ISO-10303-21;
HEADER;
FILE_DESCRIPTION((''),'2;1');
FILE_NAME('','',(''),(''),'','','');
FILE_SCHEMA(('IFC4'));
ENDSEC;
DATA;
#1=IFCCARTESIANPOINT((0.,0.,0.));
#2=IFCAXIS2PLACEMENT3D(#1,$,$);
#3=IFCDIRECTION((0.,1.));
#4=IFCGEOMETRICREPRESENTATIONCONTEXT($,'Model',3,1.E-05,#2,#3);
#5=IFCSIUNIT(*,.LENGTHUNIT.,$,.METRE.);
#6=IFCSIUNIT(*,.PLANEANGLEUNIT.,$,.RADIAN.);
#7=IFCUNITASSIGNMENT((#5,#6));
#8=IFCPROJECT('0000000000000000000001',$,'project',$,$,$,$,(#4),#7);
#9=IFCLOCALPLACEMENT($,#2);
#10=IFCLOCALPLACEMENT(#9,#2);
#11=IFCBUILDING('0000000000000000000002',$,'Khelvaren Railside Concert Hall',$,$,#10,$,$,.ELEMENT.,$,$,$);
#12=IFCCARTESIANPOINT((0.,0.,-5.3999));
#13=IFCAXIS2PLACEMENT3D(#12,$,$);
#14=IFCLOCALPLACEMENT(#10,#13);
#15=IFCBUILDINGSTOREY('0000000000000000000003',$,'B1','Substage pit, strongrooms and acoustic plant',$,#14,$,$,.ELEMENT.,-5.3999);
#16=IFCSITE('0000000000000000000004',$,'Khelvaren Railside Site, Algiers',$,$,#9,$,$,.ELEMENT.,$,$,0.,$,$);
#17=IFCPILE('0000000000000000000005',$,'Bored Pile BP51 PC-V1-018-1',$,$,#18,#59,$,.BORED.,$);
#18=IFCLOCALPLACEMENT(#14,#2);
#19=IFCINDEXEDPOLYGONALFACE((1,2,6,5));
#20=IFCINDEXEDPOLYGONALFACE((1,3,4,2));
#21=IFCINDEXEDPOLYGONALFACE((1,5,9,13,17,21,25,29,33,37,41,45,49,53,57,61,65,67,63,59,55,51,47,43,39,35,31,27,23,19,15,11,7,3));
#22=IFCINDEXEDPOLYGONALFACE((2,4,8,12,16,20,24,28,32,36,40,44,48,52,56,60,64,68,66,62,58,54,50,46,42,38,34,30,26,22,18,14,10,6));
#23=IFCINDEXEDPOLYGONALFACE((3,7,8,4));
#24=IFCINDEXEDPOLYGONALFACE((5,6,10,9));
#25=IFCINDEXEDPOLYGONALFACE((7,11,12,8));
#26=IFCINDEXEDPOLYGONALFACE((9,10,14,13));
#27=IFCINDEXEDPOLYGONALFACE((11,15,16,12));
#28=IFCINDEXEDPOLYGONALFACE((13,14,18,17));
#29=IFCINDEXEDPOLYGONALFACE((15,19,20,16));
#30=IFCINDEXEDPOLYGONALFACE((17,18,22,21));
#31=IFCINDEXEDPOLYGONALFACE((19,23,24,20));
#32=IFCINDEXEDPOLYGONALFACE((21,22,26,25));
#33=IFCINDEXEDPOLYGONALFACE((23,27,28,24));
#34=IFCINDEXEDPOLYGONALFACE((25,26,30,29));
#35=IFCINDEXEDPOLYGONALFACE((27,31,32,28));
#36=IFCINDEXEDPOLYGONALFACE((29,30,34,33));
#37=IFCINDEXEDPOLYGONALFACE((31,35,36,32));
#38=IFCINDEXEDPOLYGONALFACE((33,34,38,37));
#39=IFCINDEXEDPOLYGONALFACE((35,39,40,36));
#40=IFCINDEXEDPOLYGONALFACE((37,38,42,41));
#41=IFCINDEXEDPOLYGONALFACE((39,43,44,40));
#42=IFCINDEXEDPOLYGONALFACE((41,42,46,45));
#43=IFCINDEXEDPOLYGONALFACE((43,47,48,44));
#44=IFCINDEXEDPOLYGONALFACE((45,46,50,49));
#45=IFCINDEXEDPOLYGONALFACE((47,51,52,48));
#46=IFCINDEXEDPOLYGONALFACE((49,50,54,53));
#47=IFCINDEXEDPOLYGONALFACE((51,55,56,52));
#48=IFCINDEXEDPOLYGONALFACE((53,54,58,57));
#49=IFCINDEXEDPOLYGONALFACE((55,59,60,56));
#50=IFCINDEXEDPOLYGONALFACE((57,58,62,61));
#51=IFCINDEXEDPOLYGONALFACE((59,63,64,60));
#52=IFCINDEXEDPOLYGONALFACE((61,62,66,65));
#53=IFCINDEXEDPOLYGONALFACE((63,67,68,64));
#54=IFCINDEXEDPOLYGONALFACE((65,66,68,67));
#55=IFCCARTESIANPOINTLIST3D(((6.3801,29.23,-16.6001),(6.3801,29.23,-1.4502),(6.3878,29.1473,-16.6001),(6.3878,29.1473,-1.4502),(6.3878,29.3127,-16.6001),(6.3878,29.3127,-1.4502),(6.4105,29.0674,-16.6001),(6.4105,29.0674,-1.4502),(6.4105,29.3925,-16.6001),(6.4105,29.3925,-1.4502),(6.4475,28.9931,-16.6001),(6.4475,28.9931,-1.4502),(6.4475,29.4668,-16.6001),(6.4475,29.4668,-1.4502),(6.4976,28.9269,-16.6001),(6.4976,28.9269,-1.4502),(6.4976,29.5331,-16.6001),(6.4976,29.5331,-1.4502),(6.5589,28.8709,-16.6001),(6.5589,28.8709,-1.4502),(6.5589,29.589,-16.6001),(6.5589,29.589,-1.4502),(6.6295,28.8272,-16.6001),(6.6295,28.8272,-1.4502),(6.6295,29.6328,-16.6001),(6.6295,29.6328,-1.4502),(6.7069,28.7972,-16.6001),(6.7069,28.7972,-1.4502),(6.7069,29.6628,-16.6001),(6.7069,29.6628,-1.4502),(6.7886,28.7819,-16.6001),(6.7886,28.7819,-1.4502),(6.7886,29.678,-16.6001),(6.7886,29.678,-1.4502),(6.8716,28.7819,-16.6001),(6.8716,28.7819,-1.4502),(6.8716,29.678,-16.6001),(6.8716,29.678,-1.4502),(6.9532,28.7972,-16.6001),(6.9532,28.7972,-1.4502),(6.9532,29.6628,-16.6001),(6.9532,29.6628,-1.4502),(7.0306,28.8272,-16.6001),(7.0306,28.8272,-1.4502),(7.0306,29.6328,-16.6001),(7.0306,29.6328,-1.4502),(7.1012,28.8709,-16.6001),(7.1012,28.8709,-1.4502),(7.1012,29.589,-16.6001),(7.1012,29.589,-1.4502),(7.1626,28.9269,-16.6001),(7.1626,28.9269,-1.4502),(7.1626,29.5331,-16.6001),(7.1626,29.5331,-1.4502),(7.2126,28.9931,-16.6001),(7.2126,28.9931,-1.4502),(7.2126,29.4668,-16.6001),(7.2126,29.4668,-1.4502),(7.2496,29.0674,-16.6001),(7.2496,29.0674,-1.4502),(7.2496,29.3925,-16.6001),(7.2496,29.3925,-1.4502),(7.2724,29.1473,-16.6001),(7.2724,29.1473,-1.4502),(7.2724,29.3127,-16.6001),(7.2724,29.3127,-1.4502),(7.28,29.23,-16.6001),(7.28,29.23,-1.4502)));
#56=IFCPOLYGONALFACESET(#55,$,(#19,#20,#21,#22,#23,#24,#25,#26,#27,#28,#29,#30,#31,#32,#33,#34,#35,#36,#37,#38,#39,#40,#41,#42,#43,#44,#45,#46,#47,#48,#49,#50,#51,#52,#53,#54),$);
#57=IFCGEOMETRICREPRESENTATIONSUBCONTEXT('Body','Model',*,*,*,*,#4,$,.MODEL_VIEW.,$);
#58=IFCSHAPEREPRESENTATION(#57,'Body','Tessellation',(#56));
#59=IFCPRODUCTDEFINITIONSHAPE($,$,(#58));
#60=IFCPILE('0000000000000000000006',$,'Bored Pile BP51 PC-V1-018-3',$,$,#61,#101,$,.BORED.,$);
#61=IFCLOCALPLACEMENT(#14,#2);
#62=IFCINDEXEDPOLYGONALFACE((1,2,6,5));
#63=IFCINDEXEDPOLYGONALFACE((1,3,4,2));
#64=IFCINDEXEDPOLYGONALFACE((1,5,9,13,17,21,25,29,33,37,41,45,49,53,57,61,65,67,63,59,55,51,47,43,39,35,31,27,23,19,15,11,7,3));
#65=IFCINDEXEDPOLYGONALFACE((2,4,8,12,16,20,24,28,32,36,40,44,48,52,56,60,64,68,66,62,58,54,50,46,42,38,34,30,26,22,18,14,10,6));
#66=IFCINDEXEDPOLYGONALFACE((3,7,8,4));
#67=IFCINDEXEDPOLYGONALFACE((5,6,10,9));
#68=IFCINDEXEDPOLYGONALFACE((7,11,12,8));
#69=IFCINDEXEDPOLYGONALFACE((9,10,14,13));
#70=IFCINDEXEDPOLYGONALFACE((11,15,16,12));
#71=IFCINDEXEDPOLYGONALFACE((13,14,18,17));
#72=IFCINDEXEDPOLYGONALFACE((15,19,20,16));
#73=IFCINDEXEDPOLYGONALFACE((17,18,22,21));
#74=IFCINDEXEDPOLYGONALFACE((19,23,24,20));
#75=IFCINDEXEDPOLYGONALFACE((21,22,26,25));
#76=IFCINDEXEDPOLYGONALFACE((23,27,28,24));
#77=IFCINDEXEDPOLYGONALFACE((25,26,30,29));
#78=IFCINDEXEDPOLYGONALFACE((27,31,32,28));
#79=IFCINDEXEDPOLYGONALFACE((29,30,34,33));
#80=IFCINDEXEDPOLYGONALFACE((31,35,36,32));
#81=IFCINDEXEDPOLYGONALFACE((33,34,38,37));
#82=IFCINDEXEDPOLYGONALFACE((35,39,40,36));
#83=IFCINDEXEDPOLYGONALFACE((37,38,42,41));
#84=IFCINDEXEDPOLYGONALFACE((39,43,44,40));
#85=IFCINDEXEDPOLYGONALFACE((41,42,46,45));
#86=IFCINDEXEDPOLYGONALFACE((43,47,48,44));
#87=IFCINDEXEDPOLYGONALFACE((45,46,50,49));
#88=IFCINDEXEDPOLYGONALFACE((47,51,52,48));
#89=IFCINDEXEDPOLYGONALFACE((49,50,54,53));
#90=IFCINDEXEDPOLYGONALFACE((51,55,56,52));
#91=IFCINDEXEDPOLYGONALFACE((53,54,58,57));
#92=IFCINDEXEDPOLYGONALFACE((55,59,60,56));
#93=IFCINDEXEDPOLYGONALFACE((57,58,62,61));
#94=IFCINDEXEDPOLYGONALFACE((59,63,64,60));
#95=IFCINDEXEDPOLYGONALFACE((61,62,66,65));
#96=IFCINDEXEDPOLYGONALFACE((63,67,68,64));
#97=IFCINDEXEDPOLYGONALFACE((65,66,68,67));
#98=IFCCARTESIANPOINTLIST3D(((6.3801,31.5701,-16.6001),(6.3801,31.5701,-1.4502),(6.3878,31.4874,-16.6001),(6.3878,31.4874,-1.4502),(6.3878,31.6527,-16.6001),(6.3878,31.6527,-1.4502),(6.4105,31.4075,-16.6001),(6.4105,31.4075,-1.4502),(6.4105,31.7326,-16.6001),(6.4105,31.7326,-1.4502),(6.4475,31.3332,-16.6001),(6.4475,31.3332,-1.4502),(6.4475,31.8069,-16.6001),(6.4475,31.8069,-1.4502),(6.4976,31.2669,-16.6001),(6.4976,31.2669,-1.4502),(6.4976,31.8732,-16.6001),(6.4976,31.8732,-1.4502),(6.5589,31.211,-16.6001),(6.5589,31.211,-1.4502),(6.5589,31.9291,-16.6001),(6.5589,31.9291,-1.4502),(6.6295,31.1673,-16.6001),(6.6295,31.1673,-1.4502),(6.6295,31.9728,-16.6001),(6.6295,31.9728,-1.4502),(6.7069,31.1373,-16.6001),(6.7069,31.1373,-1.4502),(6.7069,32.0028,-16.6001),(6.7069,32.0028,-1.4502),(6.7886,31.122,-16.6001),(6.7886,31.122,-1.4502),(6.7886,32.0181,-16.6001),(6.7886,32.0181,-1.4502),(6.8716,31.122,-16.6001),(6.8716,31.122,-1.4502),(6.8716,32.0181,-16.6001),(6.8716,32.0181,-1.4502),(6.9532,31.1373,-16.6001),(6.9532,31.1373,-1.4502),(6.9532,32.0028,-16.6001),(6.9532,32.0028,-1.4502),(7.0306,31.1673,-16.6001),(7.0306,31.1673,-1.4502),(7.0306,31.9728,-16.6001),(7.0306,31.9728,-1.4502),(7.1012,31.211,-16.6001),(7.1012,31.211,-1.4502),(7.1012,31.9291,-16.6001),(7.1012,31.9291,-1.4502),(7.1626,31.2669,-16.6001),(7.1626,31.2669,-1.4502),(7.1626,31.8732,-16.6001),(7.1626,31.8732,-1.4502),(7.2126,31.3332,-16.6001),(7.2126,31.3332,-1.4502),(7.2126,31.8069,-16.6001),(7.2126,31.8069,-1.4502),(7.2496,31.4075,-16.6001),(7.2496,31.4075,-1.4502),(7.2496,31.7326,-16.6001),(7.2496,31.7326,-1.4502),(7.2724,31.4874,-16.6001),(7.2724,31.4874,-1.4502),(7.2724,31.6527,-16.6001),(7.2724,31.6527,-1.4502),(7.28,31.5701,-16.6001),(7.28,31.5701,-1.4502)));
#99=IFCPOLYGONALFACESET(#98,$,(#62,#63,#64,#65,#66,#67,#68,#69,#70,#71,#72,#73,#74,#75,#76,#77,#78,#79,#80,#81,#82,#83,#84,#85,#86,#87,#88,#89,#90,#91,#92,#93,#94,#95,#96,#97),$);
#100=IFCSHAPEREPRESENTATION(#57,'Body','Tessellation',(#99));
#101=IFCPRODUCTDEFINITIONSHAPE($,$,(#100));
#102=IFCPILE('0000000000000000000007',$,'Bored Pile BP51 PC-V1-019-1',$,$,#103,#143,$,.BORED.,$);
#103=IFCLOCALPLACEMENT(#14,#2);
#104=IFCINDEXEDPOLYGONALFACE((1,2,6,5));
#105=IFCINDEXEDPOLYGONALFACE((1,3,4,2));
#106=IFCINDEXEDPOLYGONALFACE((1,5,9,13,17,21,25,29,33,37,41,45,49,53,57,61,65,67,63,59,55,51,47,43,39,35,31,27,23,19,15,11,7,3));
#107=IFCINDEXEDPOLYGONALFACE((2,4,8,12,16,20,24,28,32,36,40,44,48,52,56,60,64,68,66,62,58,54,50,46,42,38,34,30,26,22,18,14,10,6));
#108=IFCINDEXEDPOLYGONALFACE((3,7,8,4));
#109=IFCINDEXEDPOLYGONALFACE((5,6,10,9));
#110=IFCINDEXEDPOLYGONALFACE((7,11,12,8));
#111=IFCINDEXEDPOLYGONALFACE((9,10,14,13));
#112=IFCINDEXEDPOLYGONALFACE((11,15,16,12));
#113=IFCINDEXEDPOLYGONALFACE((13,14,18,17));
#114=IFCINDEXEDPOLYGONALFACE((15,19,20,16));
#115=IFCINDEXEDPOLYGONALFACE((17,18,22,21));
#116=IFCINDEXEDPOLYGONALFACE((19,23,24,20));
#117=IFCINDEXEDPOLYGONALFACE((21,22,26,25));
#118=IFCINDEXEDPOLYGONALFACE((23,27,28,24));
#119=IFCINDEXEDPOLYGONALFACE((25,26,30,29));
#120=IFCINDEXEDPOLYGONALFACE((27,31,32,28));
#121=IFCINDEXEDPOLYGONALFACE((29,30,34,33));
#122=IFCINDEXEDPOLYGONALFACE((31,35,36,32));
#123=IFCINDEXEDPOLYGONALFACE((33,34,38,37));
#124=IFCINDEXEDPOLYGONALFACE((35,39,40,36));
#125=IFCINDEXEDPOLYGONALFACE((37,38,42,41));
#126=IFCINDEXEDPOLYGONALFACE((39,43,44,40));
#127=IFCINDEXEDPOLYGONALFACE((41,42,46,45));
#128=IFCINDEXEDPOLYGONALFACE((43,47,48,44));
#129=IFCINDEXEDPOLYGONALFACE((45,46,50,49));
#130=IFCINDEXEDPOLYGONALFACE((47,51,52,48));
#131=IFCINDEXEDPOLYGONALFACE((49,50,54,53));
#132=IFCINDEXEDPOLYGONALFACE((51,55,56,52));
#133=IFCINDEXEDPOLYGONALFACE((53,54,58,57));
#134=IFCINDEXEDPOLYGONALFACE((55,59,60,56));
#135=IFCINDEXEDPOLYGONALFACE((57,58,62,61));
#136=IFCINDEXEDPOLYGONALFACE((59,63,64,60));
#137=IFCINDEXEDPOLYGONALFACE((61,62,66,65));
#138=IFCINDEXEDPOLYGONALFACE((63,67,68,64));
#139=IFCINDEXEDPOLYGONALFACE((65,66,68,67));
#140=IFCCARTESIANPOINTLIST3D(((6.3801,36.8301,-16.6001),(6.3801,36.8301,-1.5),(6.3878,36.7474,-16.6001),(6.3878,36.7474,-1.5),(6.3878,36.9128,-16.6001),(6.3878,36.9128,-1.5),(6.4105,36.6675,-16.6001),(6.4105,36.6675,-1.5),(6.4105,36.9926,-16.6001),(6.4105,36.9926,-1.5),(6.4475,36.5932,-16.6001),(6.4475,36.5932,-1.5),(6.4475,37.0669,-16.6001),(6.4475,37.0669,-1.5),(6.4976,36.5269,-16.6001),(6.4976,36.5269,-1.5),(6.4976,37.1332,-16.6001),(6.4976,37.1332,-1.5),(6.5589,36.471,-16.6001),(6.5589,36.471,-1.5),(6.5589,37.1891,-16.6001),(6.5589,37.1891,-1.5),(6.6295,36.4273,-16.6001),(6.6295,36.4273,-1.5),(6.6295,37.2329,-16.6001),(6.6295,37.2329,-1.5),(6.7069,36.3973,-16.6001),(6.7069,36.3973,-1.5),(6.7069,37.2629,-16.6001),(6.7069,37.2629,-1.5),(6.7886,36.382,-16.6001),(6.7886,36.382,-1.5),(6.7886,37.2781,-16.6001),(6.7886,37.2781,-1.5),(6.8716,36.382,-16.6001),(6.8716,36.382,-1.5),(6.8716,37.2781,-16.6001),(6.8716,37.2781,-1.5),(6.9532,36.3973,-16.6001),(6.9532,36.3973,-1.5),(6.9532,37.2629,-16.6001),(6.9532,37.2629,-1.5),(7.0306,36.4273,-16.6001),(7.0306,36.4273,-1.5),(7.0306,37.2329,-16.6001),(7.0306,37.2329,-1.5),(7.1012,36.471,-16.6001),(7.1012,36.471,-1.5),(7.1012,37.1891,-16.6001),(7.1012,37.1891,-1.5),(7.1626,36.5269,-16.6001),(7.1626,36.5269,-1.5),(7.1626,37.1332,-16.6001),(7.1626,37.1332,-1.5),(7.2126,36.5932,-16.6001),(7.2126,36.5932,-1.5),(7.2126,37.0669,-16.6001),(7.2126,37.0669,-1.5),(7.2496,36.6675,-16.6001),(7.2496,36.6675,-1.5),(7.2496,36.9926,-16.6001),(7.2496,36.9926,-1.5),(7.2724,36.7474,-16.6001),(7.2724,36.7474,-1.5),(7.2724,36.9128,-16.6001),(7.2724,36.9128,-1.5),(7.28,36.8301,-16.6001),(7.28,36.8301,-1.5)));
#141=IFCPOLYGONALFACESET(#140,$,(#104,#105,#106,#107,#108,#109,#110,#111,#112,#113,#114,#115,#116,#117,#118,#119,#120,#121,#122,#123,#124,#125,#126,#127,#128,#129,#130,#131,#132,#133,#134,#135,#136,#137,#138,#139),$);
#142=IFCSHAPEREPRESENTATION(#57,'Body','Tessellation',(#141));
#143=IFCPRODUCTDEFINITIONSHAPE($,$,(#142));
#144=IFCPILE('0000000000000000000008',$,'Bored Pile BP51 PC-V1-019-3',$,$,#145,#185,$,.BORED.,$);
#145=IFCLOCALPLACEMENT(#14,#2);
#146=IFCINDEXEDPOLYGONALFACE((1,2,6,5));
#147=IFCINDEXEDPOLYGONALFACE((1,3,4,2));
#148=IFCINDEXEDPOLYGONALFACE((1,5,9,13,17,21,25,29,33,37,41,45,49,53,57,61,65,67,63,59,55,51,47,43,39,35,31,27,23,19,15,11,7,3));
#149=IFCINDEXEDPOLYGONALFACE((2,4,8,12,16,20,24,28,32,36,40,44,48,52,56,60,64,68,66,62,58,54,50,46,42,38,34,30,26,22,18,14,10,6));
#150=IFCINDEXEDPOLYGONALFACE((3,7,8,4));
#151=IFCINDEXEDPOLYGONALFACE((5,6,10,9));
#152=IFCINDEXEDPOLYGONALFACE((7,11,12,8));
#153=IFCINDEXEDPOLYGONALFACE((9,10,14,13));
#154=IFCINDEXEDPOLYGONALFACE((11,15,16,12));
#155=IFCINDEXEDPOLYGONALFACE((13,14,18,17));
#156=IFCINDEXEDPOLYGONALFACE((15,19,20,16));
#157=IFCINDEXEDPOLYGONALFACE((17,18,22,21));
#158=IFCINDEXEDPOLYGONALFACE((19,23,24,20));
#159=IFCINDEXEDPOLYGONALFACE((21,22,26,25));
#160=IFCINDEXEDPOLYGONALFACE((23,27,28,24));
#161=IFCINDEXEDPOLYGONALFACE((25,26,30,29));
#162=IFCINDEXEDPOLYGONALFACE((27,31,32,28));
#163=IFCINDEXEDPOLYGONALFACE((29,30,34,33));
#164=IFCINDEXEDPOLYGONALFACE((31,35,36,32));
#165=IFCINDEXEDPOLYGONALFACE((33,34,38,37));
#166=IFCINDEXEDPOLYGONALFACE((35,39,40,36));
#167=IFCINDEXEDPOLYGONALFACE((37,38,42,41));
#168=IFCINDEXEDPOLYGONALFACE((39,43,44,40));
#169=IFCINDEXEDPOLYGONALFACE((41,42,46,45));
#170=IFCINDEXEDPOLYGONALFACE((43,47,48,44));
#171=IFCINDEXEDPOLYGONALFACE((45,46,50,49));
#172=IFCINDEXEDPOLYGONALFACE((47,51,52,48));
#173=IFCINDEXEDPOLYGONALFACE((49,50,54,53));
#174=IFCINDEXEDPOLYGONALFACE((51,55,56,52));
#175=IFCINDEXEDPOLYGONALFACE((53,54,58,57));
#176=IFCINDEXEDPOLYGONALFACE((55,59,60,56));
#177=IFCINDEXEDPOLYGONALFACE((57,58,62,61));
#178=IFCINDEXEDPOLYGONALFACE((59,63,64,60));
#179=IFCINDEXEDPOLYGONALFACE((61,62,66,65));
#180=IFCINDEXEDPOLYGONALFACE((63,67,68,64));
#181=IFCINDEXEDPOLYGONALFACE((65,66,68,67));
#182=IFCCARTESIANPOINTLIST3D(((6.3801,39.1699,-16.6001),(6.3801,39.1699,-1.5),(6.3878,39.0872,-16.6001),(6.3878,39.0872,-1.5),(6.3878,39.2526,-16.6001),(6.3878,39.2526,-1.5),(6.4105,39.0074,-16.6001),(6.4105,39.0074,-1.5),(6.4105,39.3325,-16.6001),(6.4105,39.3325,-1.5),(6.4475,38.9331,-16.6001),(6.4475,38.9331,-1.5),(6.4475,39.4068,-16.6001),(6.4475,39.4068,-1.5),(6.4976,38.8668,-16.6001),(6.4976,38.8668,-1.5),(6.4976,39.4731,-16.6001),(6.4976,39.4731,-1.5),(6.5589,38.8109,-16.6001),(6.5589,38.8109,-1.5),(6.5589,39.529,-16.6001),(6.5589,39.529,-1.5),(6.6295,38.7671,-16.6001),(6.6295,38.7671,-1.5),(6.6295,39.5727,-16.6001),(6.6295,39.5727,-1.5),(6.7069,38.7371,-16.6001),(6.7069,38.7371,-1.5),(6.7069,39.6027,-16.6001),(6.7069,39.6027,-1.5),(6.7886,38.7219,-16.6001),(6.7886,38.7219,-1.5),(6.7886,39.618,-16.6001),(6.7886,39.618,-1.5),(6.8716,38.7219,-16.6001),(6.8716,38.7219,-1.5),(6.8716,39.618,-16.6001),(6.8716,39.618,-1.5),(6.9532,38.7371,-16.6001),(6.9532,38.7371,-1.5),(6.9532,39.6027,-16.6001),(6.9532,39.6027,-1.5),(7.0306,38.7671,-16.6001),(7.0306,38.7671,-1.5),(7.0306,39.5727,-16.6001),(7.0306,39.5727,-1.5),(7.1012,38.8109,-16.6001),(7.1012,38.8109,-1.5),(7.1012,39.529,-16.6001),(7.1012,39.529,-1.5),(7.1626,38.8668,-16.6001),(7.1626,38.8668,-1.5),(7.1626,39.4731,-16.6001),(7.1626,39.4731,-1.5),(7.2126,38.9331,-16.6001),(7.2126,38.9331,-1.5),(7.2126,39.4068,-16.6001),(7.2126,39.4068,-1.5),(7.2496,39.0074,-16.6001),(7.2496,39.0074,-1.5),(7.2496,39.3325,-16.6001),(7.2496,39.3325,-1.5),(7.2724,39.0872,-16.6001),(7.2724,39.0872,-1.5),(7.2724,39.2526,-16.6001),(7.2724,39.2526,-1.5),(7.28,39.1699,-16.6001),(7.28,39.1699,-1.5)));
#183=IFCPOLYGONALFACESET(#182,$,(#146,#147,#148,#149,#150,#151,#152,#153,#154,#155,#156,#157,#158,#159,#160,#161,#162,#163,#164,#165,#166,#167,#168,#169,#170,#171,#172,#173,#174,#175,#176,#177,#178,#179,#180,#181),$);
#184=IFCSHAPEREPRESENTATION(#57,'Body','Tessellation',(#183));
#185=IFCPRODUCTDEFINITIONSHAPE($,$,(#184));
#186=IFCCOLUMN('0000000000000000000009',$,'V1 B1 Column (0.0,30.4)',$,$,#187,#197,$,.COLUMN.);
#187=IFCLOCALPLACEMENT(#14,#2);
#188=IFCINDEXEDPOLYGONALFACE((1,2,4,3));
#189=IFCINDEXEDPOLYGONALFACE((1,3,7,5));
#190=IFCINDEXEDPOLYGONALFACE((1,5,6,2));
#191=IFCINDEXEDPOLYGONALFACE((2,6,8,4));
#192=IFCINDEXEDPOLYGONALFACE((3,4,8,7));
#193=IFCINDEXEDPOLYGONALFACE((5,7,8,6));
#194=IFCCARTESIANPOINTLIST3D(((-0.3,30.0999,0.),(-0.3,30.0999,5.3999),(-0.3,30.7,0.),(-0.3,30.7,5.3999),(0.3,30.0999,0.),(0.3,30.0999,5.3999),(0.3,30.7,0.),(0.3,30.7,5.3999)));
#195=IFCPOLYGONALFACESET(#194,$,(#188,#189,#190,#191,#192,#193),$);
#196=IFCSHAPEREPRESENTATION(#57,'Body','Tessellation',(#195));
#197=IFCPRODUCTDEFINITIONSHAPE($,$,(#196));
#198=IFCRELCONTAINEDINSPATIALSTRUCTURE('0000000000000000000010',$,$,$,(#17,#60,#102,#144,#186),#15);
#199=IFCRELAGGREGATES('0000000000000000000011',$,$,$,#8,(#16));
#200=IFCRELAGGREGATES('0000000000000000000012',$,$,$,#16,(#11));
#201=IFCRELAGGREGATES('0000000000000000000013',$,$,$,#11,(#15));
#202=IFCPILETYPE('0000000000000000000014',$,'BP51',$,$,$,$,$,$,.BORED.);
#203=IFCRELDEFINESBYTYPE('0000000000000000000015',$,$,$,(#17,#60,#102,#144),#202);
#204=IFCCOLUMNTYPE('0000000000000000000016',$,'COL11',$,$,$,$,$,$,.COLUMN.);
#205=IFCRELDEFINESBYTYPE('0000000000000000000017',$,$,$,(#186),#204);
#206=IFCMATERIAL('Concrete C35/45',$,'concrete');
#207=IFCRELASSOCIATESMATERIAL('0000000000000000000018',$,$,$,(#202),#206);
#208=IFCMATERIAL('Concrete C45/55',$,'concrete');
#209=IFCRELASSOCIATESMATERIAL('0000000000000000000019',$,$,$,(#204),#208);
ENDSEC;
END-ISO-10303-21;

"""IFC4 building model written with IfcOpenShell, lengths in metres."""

from ifc_helpers import new_model, si_unit, direction, frame, origin, origin_2d, place, context, subcontext, project, spatial, rectangle, circle, extrude, material, material_profile, profile_set, type_object, element, save


model = new_model("IFC4")

# Units and contexts
model_context = context("Model", 3, precision=1e-05, world=origin(), true_north=direction((0.0, 1.0)))
body_context = subcontext(model_context, "Body", "Model", "MODEL_VIEW")
ifc_project = project(units=[si_unit("LENGTHUNIT", "METRE"), si_unit("PLANEANGLEUNIT", "RADIAN")], contexts=[model_context])

# Site, building, storey
site_placement = place(None, origin())
site = spatial("IfcSite", under=ifc_project, at=site_placement, Name="Khelvaren Railside Site, Algiers", CompositionType="ELEMENT", RefElevation=0.0)
building_placement = place(site_placement, origin())
building = spatial("IfcBuilding", under=site, at=building_placement, Name="Khelvaren Railside Concert Hall", CompositionType="ELEMENT")
storey_placement = place(building_placement, frame((0.0, 0.0, -5.3999)))
storey = spatial("IfcBuildingStorey", under=building, at=storey_placement, Name="B1", Description="Substage pit, strongrooms and acoustic plant", CompositionType="ELEMENT", Elevation=-5.3999)

# Piles
ifc_material_1 = material(Name="Concrete C35/45", Category="concrete")
ifc_material_profile_1 = material_profile(ifc_material_1, circle(Radius=0.45, at=origin_2d()), Name="BP D900")
ifc_profile_set_1 = profile_set([ifc_material_profile_1], Name="Concrete C35/45")
pile_type = type_object("IfcPileType", Name="BP51", PredefinedType="BORED", material=ifc_profile_set_1)
for number, where, z_axis, x_axis, name in (
    (1, (6.8301, 29.23, -1.4502), (0.0, 0.0, -1.0), (1.0, 0.0, 0.0), "Bored Pile BP51 PC-V1-018-1"),
    (2, (6.8301, 31.5701, -1.4502), (0.0, 0.0, -1.0), (1.0, 0.0, 0.0), "Bored Pile BP51 PC-V1-018-3"),
):
    element("IfcPile", number, at=place(storey_placement, frame(where, z_axis=z_axis, x_axis=x_axis)), inside=storey, type_object=pile_type, Name=name, PredefinedType="BORED", context=body_context, shape_type="SweptSolid", body=[
        extrude(circle(Radius=0.45, at=origin_2d()), origin(), (0.0, 0.0, 1.0), 15.1499),
    ])
for number, where, z_axis, x_axis, name in (
    (3, (6.8301, 36.8301, -1.5), (0.0, 0.0, -1.0), (1.0, 0.0, 0.0), "Bored Pile BP51 PC-V1-019-1"),
    (4, (6.8301, 39.1699, -1.5), (0.0, 0.0, -1.0), (1.0, 0.0, 0.0), "Bored Pile BP51 PC-V1-019-3"),
):
    element("IfcPile", number, at=place(storey_placement, frame(where, z_axis=z_axis, x_axis=x_axis)), inside=storey, type_object=pile_type, Name=name, PredefinedType="BORED", context=body_context, shape_type="SweptSolid", body=[
        extrude(circle(Radius=0.45, at=origin_2d()), origin(), (0.0, 0.0, 1.0), 15.1001),
    ])

# Column
ifc_material_2 = material(Name="Concrete C45/55", Category="concrete")
ifc_material_profile_2 = material_profile(ifc_material_2, rectangle(XDim=0.6001, YDim=0.6001, at=origin_2d()), Name="RC 600x600")
ifc_profile_set_2 = profile_set([ifc_material_profile_2], Name="Concrete C45/55")
column_type_1 = type_object("IfcColumnType", Name="COL11", PredefinedType="COLUMN", material=ifc_profile_set_2)
column_1_placement = place(storey_placement, frame((0.0, 30.3999, 0.0), z_axis=(0.0, 0.0, 1.0), x_axis=(1.0, 0.0, 0.0)))
element("IfcColumn", 5, at=column_1_placement, inside=storey, type_object=column_type_1, Name="V1 B1 Column (0.0,30.4)", PredefinedType="COLUMN", context=body_context, shape_type="SweptSolid", body=[
    extrude(rectangle(XDim=0.6001, YDim=0.6001, at=origin_2d()), origin(), (0.0, 0.0, 1.0), 5.3999),
])

save(model, "model.ifc")
